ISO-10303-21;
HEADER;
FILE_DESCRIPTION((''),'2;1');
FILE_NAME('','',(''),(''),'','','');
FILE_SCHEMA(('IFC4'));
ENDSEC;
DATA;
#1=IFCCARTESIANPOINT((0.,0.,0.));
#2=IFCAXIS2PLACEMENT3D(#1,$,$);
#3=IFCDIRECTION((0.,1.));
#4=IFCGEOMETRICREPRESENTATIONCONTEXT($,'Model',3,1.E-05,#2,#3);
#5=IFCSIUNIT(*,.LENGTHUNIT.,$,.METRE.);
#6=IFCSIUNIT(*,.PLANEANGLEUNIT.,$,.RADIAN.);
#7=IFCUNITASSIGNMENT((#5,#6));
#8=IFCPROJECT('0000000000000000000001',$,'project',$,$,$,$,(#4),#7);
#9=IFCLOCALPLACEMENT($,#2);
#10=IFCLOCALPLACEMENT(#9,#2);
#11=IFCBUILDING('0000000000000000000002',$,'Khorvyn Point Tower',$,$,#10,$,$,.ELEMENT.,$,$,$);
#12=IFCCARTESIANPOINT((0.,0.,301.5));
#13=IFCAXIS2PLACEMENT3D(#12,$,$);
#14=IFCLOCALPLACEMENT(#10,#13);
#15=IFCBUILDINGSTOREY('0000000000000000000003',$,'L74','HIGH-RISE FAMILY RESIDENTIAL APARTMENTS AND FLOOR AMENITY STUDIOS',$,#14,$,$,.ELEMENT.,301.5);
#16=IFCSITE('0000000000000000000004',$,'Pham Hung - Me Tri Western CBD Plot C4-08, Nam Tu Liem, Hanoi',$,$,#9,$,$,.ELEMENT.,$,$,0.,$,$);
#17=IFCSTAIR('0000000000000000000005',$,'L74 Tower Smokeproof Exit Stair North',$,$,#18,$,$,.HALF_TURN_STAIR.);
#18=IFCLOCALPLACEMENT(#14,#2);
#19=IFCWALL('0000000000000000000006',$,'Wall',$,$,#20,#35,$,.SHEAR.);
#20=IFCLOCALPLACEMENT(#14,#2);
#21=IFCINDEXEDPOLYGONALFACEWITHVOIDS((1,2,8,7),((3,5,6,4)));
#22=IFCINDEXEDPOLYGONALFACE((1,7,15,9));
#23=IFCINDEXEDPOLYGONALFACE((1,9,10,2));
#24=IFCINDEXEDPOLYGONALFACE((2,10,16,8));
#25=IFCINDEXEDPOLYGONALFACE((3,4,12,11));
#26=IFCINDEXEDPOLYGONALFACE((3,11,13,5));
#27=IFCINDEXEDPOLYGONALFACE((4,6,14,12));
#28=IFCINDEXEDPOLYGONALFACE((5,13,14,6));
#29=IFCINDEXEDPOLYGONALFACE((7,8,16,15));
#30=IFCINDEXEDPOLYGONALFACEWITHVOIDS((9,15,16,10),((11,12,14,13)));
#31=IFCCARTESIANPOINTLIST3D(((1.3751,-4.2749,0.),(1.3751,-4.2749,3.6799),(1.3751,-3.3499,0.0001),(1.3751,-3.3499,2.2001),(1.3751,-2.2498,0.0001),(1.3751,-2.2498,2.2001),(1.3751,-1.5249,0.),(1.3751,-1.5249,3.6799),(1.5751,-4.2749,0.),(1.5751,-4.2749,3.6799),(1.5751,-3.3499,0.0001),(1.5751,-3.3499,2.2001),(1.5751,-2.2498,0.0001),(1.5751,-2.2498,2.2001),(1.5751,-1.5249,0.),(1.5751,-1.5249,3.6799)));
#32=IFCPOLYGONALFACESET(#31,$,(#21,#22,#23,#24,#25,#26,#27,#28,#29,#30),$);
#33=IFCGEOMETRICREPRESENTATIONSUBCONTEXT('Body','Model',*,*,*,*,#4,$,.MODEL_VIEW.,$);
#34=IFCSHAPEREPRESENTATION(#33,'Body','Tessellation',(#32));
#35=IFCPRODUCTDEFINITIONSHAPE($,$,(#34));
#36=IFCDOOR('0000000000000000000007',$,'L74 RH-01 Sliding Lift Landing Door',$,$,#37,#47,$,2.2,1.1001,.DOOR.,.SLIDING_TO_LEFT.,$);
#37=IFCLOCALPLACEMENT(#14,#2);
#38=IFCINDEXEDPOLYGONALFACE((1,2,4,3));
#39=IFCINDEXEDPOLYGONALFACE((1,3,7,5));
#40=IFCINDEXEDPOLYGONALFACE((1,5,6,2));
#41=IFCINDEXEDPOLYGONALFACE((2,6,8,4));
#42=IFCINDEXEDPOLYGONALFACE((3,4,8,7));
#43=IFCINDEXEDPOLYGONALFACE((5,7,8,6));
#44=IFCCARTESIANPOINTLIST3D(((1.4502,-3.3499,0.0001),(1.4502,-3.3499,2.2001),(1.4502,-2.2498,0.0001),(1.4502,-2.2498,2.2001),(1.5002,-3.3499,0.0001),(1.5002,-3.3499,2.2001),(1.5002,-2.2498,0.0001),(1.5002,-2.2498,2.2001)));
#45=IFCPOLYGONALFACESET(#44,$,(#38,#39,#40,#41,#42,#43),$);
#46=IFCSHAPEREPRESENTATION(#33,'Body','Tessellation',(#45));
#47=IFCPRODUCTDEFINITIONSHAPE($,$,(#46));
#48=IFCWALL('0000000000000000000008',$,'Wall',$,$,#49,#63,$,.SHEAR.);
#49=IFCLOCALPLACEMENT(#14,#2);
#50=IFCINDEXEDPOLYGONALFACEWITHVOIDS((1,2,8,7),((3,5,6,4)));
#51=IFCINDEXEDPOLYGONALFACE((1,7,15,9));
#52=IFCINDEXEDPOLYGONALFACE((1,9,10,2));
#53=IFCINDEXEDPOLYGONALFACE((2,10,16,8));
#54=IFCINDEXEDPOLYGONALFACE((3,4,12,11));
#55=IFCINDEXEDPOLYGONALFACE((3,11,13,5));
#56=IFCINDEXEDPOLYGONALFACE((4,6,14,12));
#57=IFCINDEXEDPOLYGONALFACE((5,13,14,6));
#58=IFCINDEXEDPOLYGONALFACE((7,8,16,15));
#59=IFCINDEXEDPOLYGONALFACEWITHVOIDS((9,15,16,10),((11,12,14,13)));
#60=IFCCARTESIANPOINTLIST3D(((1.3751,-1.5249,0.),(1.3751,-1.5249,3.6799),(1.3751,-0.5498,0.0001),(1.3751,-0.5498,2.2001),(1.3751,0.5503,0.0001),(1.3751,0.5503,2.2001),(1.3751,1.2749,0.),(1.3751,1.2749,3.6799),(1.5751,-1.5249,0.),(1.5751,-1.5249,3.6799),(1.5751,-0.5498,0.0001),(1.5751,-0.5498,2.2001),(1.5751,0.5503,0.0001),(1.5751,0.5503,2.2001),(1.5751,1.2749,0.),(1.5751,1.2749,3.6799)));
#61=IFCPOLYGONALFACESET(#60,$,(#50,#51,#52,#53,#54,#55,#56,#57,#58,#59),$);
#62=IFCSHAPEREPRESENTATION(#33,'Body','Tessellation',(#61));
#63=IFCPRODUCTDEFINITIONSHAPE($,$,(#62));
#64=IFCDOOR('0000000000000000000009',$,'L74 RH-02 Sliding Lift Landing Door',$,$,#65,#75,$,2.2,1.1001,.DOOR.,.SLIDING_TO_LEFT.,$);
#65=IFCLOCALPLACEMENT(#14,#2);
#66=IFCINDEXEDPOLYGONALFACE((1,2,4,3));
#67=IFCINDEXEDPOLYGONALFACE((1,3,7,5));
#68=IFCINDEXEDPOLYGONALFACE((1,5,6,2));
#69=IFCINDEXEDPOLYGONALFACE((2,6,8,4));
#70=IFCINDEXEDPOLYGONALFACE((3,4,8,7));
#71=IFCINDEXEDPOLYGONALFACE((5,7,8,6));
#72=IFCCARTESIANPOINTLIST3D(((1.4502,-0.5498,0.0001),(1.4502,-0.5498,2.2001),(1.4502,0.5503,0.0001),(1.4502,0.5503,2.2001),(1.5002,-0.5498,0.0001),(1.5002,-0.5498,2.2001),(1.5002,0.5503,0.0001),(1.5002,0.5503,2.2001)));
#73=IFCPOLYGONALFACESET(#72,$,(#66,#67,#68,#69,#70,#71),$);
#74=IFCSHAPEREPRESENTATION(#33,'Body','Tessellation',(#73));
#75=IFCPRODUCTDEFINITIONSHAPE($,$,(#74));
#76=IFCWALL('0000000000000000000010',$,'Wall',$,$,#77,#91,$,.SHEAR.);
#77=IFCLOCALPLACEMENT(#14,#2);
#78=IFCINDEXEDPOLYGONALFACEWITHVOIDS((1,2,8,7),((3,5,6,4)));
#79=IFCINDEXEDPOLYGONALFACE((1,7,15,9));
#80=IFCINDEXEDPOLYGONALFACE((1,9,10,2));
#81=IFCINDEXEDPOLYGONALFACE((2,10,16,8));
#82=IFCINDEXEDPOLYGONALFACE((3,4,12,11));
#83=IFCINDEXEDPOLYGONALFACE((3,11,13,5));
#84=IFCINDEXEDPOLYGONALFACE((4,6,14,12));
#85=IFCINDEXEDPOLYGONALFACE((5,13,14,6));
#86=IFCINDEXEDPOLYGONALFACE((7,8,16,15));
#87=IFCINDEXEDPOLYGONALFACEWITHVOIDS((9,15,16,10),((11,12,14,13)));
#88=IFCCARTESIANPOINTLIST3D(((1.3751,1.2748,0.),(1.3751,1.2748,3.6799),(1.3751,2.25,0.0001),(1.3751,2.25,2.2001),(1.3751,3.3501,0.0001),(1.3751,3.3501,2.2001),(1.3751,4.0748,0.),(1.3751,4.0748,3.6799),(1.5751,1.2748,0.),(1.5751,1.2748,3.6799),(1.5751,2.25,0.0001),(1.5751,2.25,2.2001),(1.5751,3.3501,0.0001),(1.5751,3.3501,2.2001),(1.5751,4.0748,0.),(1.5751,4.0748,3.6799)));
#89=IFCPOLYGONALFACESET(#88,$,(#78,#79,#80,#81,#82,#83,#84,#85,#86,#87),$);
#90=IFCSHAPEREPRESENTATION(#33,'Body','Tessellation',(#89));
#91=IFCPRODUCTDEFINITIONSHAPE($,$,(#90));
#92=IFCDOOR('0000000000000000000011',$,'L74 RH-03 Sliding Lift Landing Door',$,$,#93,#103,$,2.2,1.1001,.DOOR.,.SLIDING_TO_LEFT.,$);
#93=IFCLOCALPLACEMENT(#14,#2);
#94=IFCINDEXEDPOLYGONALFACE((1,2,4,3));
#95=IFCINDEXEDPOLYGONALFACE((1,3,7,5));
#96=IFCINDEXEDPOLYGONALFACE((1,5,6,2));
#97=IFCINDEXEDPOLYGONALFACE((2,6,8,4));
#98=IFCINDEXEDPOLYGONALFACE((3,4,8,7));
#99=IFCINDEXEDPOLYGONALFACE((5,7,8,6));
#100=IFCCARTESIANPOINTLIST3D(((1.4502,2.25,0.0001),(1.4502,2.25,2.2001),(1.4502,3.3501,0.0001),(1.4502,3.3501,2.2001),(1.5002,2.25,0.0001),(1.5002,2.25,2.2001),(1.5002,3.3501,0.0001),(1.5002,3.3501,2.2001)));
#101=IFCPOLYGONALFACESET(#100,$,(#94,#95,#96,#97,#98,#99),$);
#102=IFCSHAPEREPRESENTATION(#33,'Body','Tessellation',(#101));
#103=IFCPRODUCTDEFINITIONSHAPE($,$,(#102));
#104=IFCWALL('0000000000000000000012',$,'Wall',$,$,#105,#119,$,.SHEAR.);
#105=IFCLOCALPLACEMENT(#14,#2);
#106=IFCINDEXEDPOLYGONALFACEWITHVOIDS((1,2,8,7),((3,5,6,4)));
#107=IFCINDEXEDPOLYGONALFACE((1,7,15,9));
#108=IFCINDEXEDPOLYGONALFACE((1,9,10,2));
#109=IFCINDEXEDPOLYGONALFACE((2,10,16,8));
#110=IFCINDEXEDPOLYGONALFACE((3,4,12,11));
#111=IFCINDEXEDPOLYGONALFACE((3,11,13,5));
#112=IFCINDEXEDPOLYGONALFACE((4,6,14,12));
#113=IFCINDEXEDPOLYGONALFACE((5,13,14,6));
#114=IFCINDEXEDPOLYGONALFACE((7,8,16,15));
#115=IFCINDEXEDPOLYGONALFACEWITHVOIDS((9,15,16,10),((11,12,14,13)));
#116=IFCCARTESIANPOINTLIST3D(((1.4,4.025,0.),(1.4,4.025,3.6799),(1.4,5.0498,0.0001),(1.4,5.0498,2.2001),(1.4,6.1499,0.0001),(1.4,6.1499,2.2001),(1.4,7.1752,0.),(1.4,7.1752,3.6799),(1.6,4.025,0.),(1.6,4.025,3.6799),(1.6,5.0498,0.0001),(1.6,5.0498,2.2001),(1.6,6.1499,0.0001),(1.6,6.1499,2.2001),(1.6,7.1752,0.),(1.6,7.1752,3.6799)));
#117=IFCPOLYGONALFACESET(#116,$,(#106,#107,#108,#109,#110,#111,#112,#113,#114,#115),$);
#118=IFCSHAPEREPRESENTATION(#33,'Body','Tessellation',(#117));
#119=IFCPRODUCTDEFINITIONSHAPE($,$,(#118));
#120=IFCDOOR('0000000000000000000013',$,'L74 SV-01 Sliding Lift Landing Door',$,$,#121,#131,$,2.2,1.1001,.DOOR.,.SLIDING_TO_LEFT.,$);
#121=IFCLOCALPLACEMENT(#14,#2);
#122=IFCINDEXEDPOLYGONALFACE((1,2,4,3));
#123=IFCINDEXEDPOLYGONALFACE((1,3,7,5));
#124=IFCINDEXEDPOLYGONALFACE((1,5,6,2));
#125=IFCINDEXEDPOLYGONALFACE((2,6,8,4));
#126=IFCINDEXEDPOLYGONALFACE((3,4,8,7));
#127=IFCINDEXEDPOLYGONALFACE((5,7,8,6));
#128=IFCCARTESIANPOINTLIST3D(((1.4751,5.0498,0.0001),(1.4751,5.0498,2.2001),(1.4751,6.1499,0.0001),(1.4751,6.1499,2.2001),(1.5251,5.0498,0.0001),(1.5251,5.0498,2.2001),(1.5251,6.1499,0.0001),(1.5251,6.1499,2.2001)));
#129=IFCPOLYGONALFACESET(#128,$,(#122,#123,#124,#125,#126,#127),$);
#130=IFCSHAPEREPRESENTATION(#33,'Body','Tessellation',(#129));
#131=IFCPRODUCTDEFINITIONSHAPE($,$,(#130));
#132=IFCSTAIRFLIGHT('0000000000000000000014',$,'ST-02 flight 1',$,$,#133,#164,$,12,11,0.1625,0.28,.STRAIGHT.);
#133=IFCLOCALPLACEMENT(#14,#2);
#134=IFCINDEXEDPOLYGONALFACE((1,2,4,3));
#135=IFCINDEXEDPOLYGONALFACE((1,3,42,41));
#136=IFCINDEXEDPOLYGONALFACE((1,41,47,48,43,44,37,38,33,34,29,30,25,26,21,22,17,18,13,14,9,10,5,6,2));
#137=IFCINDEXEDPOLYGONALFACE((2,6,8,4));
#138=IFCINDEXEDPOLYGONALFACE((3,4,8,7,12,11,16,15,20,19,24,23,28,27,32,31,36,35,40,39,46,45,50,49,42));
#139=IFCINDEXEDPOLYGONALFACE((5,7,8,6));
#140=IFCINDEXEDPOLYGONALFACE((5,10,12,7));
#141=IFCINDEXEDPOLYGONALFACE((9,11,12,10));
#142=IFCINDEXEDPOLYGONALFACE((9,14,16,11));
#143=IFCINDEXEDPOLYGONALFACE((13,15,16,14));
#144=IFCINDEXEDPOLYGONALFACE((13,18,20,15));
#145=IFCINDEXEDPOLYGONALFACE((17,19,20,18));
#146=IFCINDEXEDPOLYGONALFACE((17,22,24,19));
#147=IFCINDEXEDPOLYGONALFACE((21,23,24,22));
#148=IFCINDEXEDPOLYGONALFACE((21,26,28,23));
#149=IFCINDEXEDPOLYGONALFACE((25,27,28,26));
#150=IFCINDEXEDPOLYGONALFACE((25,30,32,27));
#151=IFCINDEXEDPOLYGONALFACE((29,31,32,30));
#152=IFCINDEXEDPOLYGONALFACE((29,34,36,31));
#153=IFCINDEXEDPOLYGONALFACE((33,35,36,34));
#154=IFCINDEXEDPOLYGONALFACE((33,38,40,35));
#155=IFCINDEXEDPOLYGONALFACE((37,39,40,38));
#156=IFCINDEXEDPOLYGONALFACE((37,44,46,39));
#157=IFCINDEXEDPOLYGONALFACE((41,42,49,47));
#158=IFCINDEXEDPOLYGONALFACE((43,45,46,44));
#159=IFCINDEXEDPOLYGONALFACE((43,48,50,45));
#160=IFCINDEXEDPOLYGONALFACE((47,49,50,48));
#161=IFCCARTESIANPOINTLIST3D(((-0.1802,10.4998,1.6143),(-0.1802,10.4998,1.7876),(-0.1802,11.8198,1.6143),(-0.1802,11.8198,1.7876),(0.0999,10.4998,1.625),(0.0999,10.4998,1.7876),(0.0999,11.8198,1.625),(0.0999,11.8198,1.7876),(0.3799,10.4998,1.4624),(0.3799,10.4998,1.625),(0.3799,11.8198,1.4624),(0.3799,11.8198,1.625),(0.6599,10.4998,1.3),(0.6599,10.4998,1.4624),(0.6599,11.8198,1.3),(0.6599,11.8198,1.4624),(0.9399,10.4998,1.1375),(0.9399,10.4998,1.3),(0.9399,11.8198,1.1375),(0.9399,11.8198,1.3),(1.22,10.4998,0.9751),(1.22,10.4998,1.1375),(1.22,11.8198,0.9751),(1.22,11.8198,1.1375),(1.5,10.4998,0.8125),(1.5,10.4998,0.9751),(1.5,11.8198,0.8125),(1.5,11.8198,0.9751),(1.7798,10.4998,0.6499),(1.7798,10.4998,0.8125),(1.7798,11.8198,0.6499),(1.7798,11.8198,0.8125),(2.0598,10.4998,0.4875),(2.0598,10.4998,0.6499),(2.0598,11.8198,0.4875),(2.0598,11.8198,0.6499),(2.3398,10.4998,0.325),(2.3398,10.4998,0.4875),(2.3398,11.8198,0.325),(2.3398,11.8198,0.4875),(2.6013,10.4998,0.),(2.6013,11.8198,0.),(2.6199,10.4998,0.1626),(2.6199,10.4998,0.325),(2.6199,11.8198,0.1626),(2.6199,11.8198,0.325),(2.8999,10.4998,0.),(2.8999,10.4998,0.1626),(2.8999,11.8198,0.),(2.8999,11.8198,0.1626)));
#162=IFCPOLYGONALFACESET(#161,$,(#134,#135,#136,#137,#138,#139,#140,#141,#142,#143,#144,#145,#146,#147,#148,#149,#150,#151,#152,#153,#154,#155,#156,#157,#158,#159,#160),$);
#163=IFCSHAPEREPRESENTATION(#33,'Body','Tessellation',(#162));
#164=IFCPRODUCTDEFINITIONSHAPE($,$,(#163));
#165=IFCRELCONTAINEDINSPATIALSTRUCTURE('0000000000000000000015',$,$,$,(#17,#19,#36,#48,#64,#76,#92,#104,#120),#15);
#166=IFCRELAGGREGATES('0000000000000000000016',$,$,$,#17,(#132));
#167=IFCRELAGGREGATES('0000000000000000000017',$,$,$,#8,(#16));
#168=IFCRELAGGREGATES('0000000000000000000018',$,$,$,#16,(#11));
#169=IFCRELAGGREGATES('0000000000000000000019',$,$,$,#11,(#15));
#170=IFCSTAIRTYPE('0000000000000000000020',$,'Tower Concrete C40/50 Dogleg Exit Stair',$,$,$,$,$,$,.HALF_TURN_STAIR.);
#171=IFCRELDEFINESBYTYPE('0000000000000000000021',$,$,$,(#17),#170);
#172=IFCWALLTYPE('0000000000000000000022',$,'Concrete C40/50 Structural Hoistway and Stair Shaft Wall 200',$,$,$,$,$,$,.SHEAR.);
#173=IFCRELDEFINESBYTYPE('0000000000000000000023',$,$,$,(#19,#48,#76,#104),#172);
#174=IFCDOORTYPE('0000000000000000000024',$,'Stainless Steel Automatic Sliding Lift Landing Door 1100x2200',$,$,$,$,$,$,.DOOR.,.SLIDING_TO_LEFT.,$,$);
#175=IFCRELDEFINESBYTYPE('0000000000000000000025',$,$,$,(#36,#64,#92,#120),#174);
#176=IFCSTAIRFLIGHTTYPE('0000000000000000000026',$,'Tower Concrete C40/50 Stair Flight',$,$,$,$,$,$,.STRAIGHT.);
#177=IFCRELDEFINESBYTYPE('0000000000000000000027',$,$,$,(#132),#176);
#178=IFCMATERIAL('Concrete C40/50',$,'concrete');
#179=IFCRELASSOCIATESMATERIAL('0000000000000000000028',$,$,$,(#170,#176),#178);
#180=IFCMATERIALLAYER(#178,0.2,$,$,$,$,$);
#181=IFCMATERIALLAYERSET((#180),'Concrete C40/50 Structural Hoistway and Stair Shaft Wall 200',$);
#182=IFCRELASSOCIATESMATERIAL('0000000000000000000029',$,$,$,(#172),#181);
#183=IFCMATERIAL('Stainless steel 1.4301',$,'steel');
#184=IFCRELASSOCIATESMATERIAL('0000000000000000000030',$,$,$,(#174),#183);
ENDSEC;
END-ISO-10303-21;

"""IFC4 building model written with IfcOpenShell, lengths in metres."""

from ifc_helpers import new_model, si_unit, direction, frame, frame_2d, origin, place, context, subcontext, project, spatial, polyline, rectangle, outline, extrude, material, layer, layer_set, type_object, element, fill, aggregate, save


model = new_model("IFC4")

# Units and contexts
model_context = context("Model", 3, precision=1e-05, world=origin(), true_north=direction((0.0, 1.0)))
body_context = subcontext(model_context, "Body", "Model", "MODEL_VIEW")
ifc_project = project(units=[si_unit("LENGTHUNIT", "METRE"), si_unit("PLANEANGLEUNIT", "RADIAN")], contexts=[model_context])

# Site, building, storey
site_placement = place(None, origin())
site = spatial("IfcSite", under=ifc_project, at=site_placement, Name="Pham Hung - Me Tri Western CBD Plot C4-08, Nam Tu Liem, Hanoi", CompositionType="ELEMENT", RefElevation=0.0)
building_placement = place(site_placement, origin())
building = spatial("IfcBuilding", under=site, at=building_placement, Name="Khorvyn Point Tower", CompositionType="ELEMENT")
storey_placement = place(building_placement, frame((0.0, 0.0, 301.5)))
storey = spatial("IfcBuildingStorey", under=building, at=storey_placement, Name="L74", Description="HIGH-RISE FAMILY RESIDENTIAL APARTMENTS AND FLOOR AMENITY STUDIOS", CompositionType="ELEMENT", Elevation=301.5)

# Shared definitions
ifc_material_1 = material(Name="Concrete C40/50", Category="concrete")

# Stair
stair_type = type_object("IfcStairType", Name="Tower Concrete C40/50 Dogleg Exit Stair", PredefinedType="HALF_TURN_STAIR", material=ifc_material_1)
stair_1_placement = place(storey_placement, origin())
stair_1 = element("IfcStair", 1, at=stair_1_placement, inside=storey, type_object=stair_type, Name="L74 Tower Smokeproof Exit Stair North", PredefinedType="HALF_TURN_STAIR")

# Walls, openings, doors
ifc_layer_1 = layer(ifc_material_1, 0.2)
ifc_layer_set_1 = layer_set([ifc_layer_1], Name="Concrete C40/50 Structural Hoistway and Stair Shaft Wall 200")
wall_type_1 = type_object("IfcWallType", Name="Concrete C40/50 Structural Hoistway and Stair Shaft Wall 200", PredefinedType="SHEAR", material=ifc_layer_set_1)
wall_1_placement = place(storey_placement, frame((1.4751, -4.2749, 0.0), z_axis=(0.0, 0.0, 1.0), x_axis=(0.0, 1.0, 0.0)))
wall_1 = element("IfcWall", 2, at=wall_1_placement, inside=storey, type_object=wall_type_1, Name="Wall", PredefinedType="SHEAR", context=body_context, shape_type="SweptSolid", body=[
    extrude(rectangle(XDim=2.75, YDim=0.2, at=frame_2d((1.375, 0.0))), origin(), (0.0, 0.0, 1.0), 3.6799),
])
opening_1_placement = place(wall_1_placement, frame((0.925, 0.0, 0.0)))
opening_1 = element("IfcOpeningElement", 3, at=opening_1_placement, cuts=wall_1, PredefinedType="OPENING", context=body_context, shape_type="SweptSolid", body=[
    extrude(rectangle(XDim=1.1001, YDim=2.2, at=frame_2d((0.55, 1.1001))), frame((0.0, 0.1099, 0.0), z_axis=(0.0, -1.0, 0.0), x_axis=(1.0, 0.0, 0.0)), (0.0, 0.0, 1.0), 0.22),
])
ifc_material_2 = material(Name="Stainless steel 1.4301", Category="steel")
door_type = type_object("IfcDoorType", Name="Stainless Steel Automatic Sliding Lift Landing Door 1100x2200", OperationType="SLIDING_TO_LEFT", PredefinedType="DOOR", material=ifc_material_2)
door_1_placement = place(opening_1_placement, origin())
door_1 = element("IfcDoor", 4, at=door_1_placement, inside=storey, type_object=door_type, Name="L74 RH-01 Sliding Lift Landing Door", OperationType="SLIDING_TO_LEFT", OverallHeight=2.2, OverallWidth=1.1001, PredefinedType="DOOR", context=body_context, shape_type="SweptSolid", body=[
    extrude(rectangle(XDim=1.1001, YDim=2.2, at=frame_2d((0.55, 1.1001))), frame((0.0, 0.0249, 0.0), z_axis=(0.0, -1.0, 0.0), x_axis=(1.0, 0.0, 0.0)), (0.0, 0.0, 1.0), 0.05),
])
fill(opening_1, door_1)
wall_2_placement = place(storey_placement, frame((1.4751, -1.5249, 0.0), z_axis=(0.0, 0.0, 1.0), x_axis=(0.0, 1.0, 0.0)))
wall_2 = element("IfcWall", 5, at=wall_2_placement, inside=storey, type_object=wall_type_1, Name="Wall", PredefinedType="SHEAR", context=body_context, shape_type="SweptSolid", body=[
    extrude(rectangle(XDim=2.7998, YDim=0.2, at=frame_2d((1.3999, 0.0))), origin(), (0.0, 0.0, 1.0), 3.6799),
])
opening_2_placement = place(wall_2_placement, frame((0.9751, 0.0, 0.0)))
opening_2 = element("IfcOpeningElement", 6, at=opening_2_placement, cuts=wall_2, PredefinedType="OPENING", context=body_context, shape_type="SweptSolid", body=[
    extrude(rectangle(XDim=1.1001, YDim=2.2, at=frame_2d((0.55, 1.1001))), frame((0.0, 0.1099, 0.0), z_axis=(0.0, -1.0, 0.0), x_axis=(1.0, 0.0, 0.0)), (0.0, 0.0, 1.0), 0.22),
])
door_2_placement = place(opening_2_placement, origin())
door_2 = element("IfcDoor", 7, at=door_2_placement, inside=storey, type_object=door_type, Name="L74 RH-02 Sliding Lift Landing Door", OperationType="SLIDING_TO_LEFT", OverallHeight=2.2, OverallWidth=1.1001, PredefinedType="DOOR", context=body_context, shape_type="SweptSolid", body=[
    extrude(rectangle(XDim=1.1001, YDim=2.2, at=frame_2d((0.55, 1.1001))), frame((0.0, 0.0249, 0.0), z_axis=(0.0, -1.0, 0.0), x_axis=(1.0, 0.0, 0.0)), (0.0, 0.0, 1.0), 0.05),
])
fill(opening_2, door_2)
wall_3_placement = place(storey_placement, frame((1.4751, 1.2749, 0.0), z_axis=(0.0, 0.0, 1.0), x_axis=(0.0, 1.0, 0.0)))
wall_3 = element("IfcWall", 8, at=wall_3_placement, inside=storey, type_object=wall_type_1, Name="Wall", PredefinedType="SHEAR", context=body_context, shape_type="SweptSolid", body=[
    extrude(rectangle(XDim=2.8, YDim=0.2, at=frame_2d((1.3999, 0.0))), origin(), (0.0, 0.0, 1.0), 3.6799),
])
opening_3_placement = place(wall_3_placement, frame((0.9751, 0.0, 0.0)))
opening_3 = element("IfcOpeningElement", 9, at=opening_3_placement, cuts=wall_3, PredefinedType="OPENING", context=body_context, shape_type="SweptSolid", body=[
    extrude(rectangle(XDim=1.1001, YDim=2.2, at=frame_2d((0.55, 1.1001))), frame((0.0, 0.1099, 0.0), z_axis=(0.0, -1.0, 0.0), x_axis=(1.0, 0.0, 0.0)), (0.0, 0.0, 1.0), 0.22),
])
door_3_placement = place(opening_3_placement, origin())
door_3 = element("IfcDoor", 10, at=door_3_placement, inside=storey, type_object=door_type, Name="L74 RH-03 Sliding Lift Landing Door", OperationType="SLIDING_TO_LEFT", OverallHeight=2.2, OverallWidth=1.1001, PredefinedType="DOOR", context=body_context, shape_type="SweptSolid", body=[
    extrude(rectangle(XDim=1.1001, YDim=2.2, at=frame_2d((0.55, 1.1001))), frame((0.0, 0.0249, 0.0), z_axis=(0.0, -1.0, 0.0), x_axis=(1.0, 0.0, 0.0)), (0.0, 0.0, 1.0), 0.05),
])
fill(opening_3, door_3)
wall_4_placement = place(storey_placement, frame((1.5, 4.0249, 0.0), z_axis=(0.0, 0.0, 1.0), x_axis=(0.0, 1.0, 0.0)))
wall_4 = element("IfcWall", 11, at=wall_4_placement, inside=storey, type_object=wall_type_1, Name="Wall", PredefinedType="SHEAR", context=body_context, shape_type="SweptSolid", body=[
    extrude(rectangle(XDim=3.1501, YDim=0.2, at=frame_2d((1.5752, 0.0))), origin(), (0.0, 0.0, 1.0), 3.6799),
])
opening_4_placement = place(wall_4_placement, frame((1.0249, 0.0, 0.0)))
opening_4 = element("IfcOpeningElement", 12, at=opening_4_placement, cuts=wall_4, PredefinedType="OPENING", context=body_context, shape_type="SweptSolid", body=[
    extrude(rectangle(XDim=1.1001, YDim=2.2, at=frame_2d((0.55, 1.1001))), frame((0.0, 0.1099, 0.0), z_axis=(0.0, -1.0, 0.0), x_axis=(1.0, 0.0, 0.0)), (0.0, 0.0, 1.0), 0.22),
])
door_4_placement = place(opening_4_placement, origin())
door_4 = element("IfcDoor", 13, at=door_4_placement, inside=storey, type_object=door_type, Name="L74 SV-01 Sliding Lift Landing Door", OperationType="SLIDING_TO_LEFT", OverallHeight=2.2, OverallWidth=1.1001, PredefinedType="DOOR", context=body_context, shape_type="SweptSolid", body=[
    extrude(rectangle(XDim=1.1001, YDim=2.2, at=frame_2d((0.55, 1.1001))), frame((0.0, 0.0249, 0.0), z_axis=(0.0, -1.0, 0.0), x_axis=(1.0, 0.0, 0.0)), (0.0, 0.0, 1.0), 0.05),
])
fill(opening_4, door_4)

# Stair flight
stair_flight_type = type_object("IfcStairFlightType", Name="Tower Concrete C40/50 Stair Flight", PredefinedType="STRAIGHT", material=ifc_material_1)
stair_flight_1_placement = place(storey_placement, frame((2.8999, 11.1599, 0.0), z_axis=(0.0, 0.0, 1.0), x_axis=(-1.0, 0.0, 0.0)))
stair_flight_1 = element("IfcStairFlight", 14, at=stair_flight_1_placement, type_object=stair_flight_type, Name="ST-02 flight 1", NumberOfRisers=12, NumberOfTreads=11, PredefinedType="STRAIGHT", RiserHeight=0.1625, TreadLength=0.28, context=body_context, shape_type="SweptSolid", body=[
    extrude(outline(polyline([(0.0, 0.0), (0.0, 0.1626), (0.28, 0.1626), (0.28, 0.325), (0.5601, 0.325), (0.5601, 0.4875), (0.8401, 0.4875), (0.8401, 0.6499), (1.1201, 0.6499), (1.1201, 0.8125), (1.3999, 0.8125), (1.3999, 0.9751), (1.6799, 0.9751), (1.6799, 1.1375), (1.96, 1.1375), (1.96, 1.3), (2.24, 1.3), (2.24, 1.4624), (2.52, 1.4624), (2.52, 1.625), (2.8, 1.625), (2.8, 1.7876), (3.0801, 1.7876), (3.0801, 1.95), (3.0801, 1.6143), (0.2986, 0.0), (0.0, 0.0)])), frame((0.0, 0.6602, 0.0), z_axis=(0.0, -1.0, 0.0), x_axis=(1.0, 0.0, 0.0)), (0.0, 0.0, 1.0), 1.3201),
])
aggregate(stair_1, [stair_flight_1])

save(model, "model.ifc")
